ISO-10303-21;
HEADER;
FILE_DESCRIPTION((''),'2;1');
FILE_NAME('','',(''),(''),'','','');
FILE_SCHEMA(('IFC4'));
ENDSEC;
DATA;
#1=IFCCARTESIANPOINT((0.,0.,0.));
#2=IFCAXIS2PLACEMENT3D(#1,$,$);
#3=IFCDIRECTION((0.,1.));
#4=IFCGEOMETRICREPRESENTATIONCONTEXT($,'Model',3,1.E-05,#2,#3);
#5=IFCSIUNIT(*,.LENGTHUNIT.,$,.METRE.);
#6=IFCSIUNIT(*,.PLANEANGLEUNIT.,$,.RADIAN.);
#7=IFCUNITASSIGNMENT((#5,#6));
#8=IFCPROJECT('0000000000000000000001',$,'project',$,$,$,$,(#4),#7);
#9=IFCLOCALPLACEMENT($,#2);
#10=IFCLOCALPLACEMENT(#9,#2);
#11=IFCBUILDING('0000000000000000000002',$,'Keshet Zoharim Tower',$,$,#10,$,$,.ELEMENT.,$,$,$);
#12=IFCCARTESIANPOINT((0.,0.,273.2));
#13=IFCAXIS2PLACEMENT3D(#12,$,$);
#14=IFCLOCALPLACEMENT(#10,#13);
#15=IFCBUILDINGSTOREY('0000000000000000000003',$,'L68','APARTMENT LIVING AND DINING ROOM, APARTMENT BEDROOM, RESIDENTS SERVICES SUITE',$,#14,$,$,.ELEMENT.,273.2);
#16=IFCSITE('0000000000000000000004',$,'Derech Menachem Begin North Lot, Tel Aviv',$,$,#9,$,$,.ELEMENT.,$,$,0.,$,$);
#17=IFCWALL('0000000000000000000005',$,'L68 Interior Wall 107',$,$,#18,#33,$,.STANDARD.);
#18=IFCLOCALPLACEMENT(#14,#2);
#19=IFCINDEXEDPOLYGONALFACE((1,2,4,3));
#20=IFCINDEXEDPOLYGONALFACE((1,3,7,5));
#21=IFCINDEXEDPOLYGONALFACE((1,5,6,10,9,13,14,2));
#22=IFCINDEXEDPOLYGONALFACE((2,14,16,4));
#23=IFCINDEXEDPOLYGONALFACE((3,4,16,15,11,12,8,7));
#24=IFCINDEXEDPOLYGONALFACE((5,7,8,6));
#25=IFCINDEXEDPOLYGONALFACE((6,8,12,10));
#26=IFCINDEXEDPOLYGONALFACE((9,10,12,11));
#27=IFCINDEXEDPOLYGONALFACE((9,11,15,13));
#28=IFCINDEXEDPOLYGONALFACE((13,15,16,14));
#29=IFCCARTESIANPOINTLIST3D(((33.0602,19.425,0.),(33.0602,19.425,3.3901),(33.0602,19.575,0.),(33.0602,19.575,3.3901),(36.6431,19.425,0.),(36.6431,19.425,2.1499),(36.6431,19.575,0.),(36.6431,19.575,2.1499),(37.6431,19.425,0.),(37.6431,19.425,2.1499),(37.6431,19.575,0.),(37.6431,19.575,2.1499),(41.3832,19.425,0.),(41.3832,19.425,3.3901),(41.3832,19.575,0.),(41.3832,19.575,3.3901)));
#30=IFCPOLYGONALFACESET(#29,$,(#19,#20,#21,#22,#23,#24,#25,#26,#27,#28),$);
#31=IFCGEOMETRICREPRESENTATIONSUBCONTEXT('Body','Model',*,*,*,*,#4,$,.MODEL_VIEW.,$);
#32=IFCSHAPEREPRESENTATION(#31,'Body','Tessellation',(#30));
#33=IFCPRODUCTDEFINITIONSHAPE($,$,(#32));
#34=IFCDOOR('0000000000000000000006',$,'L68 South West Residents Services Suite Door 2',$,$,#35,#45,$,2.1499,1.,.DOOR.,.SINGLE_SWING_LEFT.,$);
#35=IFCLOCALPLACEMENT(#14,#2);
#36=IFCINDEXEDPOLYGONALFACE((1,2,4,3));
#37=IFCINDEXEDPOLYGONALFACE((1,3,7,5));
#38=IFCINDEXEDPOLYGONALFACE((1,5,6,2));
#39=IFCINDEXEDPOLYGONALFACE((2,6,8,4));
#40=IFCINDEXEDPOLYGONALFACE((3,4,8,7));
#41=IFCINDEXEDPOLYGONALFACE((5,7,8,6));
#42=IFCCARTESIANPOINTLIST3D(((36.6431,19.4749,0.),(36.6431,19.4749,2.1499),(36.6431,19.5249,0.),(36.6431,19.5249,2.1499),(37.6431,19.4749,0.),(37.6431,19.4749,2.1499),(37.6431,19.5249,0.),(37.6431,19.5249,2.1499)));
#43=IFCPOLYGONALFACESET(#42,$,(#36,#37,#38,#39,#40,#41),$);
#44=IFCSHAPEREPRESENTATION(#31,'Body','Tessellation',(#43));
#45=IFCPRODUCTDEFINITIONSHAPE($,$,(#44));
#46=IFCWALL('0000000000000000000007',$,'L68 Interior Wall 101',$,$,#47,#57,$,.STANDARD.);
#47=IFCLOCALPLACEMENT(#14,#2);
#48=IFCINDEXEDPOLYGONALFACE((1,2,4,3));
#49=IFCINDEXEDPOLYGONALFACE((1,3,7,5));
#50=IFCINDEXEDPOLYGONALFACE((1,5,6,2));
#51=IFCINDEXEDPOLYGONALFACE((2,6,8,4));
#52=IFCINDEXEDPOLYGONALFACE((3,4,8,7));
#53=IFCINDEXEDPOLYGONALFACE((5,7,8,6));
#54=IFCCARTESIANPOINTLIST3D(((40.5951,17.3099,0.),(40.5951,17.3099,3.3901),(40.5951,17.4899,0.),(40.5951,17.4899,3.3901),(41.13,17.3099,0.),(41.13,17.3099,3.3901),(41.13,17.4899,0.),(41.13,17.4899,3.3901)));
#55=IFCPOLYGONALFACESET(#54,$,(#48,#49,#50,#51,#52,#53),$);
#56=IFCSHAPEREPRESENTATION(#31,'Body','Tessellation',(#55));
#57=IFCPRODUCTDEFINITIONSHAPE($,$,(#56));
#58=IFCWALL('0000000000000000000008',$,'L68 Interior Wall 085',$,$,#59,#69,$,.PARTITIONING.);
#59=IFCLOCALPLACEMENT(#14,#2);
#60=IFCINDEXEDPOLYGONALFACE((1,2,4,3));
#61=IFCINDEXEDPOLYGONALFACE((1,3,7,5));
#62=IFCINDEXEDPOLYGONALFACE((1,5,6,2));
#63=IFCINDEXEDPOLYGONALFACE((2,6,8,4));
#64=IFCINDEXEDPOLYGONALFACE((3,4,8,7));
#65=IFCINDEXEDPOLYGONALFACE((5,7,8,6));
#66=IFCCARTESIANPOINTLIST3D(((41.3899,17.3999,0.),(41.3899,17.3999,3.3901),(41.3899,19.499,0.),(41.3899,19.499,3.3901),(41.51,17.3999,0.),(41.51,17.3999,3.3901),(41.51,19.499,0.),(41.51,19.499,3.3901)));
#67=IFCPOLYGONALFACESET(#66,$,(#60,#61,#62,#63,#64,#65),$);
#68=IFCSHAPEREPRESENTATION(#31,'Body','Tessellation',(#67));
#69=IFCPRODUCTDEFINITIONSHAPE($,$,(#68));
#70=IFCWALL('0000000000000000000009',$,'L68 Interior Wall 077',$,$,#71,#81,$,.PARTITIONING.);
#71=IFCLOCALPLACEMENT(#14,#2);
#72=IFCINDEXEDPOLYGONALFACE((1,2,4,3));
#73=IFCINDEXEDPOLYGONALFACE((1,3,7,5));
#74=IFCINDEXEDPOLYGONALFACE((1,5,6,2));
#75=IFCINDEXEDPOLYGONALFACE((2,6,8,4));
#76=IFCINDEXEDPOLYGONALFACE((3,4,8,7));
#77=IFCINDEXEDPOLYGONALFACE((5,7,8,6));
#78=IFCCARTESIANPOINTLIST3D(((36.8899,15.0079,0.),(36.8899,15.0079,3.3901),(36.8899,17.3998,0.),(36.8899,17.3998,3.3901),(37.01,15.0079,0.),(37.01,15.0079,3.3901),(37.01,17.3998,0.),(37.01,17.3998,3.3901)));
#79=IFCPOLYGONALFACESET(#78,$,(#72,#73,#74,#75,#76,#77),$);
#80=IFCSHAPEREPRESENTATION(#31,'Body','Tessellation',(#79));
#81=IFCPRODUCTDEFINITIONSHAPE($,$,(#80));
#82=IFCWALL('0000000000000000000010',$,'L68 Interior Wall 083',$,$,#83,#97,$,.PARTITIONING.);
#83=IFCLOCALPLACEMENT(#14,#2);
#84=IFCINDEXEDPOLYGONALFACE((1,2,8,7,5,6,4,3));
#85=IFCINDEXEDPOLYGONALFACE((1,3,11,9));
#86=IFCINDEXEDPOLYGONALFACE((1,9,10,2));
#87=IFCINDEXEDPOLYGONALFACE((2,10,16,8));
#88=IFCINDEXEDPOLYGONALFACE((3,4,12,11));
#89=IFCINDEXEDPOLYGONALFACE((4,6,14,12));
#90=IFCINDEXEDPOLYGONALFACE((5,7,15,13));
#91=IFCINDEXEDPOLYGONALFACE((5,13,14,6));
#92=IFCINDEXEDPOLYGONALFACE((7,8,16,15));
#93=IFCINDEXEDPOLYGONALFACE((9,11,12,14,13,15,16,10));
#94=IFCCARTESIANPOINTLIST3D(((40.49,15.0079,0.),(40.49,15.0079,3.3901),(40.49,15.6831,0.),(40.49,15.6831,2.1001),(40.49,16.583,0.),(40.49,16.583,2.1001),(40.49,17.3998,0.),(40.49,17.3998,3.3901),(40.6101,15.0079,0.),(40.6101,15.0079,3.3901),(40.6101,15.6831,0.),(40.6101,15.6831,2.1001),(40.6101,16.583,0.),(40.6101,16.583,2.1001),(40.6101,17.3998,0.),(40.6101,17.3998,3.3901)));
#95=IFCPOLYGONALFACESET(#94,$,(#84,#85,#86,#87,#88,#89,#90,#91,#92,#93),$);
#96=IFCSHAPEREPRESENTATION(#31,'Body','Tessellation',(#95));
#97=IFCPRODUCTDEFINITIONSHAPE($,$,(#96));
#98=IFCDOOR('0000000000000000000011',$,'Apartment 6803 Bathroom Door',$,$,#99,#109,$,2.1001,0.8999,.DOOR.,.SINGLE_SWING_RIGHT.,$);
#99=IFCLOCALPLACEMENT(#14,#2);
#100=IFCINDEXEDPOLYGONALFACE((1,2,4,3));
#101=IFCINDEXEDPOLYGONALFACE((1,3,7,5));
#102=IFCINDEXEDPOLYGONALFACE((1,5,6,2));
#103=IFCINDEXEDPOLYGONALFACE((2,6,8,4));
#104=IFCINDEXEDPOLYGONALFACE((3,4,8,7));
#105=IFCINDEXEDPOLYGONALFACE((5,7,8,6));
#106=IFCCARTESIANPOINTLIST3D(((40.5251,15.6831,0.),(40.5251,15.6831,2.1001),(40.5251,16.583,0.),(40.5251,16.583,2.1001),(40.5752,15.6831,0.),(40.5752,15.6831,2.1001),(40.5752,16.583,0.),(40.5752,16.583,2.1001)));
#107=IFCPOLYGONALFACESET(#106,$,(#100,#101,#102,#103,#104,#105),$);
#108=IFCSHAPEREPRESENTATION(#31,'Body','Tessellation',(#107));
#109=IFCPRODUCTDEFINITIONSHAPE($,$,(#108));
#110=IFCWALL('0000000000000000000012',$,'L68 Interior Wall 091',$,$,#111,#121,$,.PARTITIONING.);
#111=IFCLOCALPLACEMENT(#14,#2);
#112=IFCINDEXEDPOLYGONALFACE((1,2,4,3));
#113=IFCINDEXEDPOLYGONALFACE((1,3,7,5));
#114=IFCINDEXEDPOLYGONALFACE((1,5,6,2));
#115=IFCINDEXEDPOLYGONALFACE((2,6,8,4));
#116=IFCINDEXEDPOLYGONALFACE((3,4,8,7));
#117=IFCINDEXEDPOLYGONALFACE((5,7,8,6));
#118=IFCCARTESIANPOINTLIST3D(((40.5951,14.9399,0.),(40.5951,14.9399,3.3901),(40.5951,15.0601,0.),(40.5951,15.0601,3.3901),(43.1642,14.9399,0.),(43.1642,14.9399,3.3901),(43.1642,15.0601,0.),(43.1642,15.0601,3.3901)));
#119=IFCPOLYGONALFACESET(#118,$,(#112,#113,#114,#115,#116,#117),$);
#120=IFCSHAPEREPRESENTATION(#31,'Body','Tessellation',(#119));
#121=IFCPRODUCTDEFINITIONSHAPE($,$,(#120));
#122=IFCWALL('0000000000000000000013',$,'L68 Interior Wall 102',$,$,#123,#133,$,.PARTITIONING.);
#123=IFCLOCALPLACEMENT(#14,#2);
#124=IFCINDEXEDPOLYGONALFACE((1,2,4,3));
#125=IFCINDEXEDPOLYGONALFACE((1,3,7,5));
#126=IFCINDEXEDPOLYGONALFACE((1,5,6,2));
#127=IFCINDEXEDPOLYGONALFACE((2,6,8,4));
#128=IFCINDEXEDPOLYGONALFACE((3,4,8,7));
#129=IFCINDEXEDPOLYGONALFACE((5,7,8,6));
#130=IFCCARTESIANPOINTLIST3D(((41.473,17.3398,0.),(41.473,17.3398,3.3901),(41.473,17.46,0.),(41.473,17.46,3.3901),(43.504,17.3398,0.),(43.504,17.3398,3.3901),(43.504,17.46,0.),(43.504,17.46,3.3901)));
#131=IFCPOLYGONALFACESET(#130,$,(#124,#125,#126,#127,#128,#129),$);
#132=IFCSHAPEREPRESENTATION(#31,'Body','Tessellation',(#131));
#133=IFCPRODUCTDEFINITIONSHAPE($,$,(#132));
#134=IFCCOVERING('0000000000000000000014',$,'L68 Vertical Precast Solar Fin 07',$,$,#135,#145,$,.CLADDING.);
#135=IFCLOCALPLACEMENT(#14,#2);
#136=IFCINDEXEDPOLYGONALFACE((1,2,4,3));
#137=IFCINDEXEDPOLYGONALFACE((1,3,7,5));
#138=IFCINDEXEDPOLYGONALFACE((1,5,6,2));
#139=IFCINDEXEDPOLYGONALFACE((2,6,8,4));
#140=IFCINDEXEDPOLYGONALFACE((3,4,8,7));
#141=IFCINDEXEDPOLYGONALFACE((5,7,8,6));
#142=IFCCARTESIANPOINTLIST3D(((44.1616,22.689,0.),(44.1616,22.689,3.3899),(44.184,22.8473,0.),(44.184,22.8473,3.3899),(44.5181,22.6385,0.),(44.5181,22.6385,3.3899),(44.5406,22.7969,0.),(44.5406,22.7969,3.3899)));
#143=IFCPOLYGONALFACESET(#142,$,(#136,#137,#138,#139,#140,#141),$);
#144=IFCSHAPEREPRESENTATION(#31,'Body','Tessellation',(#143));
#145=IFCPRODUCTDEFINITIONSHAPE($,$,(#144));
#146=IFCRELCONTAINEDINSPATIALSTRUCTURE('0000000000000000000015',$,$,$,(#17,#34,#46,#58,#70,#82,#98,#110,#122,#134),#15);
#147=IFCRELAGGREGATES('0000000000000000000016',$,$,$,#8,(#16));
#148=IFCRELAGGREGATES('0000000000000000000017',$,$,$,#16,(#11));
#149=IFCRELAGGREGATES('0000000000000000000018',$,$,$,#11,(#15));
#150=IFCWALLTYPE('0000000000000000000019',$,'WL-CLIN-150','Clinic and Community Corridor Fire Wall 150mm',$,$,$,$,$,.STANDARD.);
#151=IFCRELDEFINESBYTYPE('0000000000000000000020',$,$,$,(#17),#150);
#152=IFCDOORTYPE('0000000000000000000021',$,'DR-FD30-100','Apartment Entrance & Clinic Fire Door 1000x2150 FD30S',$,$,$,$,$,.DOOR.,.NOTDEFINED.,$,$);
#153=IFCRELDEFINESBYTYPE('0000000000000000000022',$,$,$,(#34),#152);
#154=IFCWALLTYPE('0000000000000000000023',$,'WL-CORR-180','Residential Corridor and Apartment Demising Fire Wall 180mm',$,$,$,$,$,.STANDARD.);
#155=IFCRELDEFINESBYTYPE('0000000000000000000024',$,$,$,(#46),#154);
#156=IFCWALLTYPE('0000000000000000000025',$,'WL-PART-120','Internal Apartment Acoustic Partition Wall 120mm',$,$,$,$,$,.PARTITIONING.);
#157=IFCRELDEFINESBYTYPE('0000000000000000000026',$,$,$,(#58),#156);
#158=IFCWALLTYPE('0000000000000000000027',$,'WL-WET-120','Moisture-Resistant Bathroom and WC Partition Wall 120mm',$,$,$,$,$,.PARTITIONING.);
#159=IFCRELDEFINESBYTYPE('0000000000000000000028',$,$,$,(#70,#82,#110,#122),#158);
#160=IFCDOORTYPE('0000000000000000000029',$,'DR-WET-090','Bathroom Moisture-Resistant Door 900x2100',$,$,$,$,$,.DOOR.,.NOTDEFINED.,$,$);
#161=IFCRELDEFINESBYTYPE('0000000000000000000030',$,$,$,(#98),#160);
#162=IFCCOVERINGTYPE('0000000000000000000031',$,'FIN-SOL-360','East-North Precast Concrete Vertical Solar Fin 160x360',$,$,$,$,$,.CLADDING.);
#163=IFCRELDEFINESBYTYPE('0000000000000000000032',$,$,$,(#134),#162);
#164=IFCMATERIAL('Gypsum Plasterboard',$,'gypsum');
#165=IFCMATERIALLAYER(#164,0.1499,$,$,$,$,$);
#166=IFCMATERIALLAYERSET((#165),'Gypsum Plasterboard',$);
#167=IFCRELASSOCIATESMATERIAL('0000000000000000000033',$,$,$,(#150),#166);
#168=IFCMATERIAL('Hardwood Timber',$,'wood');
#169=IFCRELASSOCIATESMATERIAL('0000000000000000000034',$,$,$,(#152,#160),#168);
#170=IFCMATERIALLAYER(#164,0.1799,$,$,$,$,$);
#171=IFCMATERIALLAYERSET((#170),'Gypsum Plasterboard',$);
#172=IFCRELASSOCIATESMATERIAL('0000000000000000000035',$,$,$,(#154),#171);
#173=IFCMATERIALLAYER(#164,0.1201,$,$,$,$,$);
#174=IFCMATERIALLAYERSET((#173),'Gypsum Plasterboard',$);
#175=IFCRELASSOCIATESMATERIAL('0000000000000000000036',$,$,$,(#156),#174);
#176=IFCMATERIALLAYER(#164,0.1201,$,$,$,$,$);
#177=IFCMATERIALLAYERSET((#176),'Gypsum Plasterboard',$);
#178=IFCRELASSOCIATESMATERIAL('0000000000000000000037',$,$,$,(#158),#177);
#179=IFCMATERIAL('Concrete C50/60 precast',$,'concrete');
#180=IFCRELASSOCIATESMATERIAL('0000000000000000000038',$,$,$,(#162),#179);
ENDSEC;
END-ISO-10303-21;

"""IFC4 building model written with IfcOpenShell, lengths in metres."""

from ifc_helpers import new_model, si_unit, direction, frame, frame_2d, origin, origin_2d, place, context, subcontext, project, spatial, rectangle, extrude, material, layer, layer_set, type_object, element, fill, save


model = new_model("IFC4")

# Units and contexts
model_context = context("Model", 3, precision=1e-05, world=origin(), true_north=direction((0.0, 1.0)))
body_context = subcontext(model_context, "Body", "Model", "MODEL_VIEW")
ifc_project = project(units=[si_unit("LENGTHUNIT", "METRE"), si_unit("PLANEANGLEUNIT", "RADIAN")], contexts=[model_context])

# Site, building, storey
site_placement = place(None, origin())
site = spatial("IfcSite", under=ifc_project, at=site_placement, Name="Derech Menachem Begin North Lot, Tel Aviv", CompositionType="ELEMENT", RefElevation=0.0)
building_placement = place(site_placement, origin())
building = spatial("IfcBuilding", under=site, at=building_placement, Name="Keshet Zoharim Tower", CompositionType="ELEMENT")
storey_placement = place(building_placement, frame((0.0, 0.0, 273.2)))
storey = spatial("IfcBuildingStorey", under=building, at=storey_placement, Name="L68", Description="APARTMENT LIVING AND DINING ROOM, APARTMENT BEDROOM, RESIDENTS SERVICES SUITE", CompositionType="ELEMENT", Elevation=273.2)

# Wall, opening, door
ifc_material_1 = material(Name="Gypsum Plasterboard", Category="gypsum")
ifc_layer_1 = layer(ifc_material_1, 0.1499)
ifc_layer_set_1 = layer_set([ifc_layer_1], Name="Gypsum Plasterboard")
wall_type_1 = type_object("IfcWallType", Name="WL-CLIN-150", Description="Clinic and Community Corridor Fire Wall 150mm", PredefinedType="STANDARD", material=ifc_layer_set_1)
ifc_material_2 = material(Name="Hardwood Timber", Category="wood")
door_type_1 = type_object("IfcDoorType", Name="DR-FD30-100", Description="Apartment Entrance & Clinic Fire Door 1000x2150 FD30S", OperationType="NOTDEFINED", PredefinedType="DOOR", material=ifc_material_2)
wall_1_placement = place(storey_placement, frame((33.0601, 19.5, 0.0), z_axis=(0.0, 0.0, 1.0), x_axis=(1.0, 0.0, 0.0)))
wall_1 = element("IfcWall", 1, at=wall_1_placement, inside=storey, type_object=wall_type_1, Name="L68 Interior Wall 107", PredefinedType="STANDARD", context=body_context, shape_type="SweptSolid", body=[
    extrude(rectangle(XDim=8.323, YDim=0.1499, at=frame_2d((4.1616, 0.0))), origin(), (0.0, 0.0, 1.0), 3.3901),
])
opening_1_placement = place(wall_1_placement, frame((3.583, 0.0, 0.0)))
opening_1 = element("IfcOpeningElement", 2, at=opening_1_placement, cuts=wall_1, PredefinedType="OPENING", context=body_context, shape_type="SweptSolid", body=[
    extrude(rectangle(XDim=1.0, YDim=2.1499, at=frame_2d((0.5, 1.075))), frame((0.0, 0.085, 0.0), z_axis=(0.0, -1.0, 0.0), x_axis=(1.0, 0.0, 0.0)), (0.0, 0.0, 1.0), 0.1699),
])
door_1_placement = place(opening_1_placement, origin())
door_1 = element("IfcDoor", 3, at=door_1_placement, inside=storey, type_object=door_type_1, Name="L68 South West Residents Services Suite Door 2", OperationType="SINGLE_SWING_LEFT", OverallHeight=2.1499, OverallWidth=1.0, PredefinedType="DOOR", context=body_context, shape_type="SweptSolid", body=[
    extrude(rectangle(XDim=1.0, YDim=2.1499, at=frame_2d((0.5, 1.075))), frame((0.0, 0.0249, 0.0), z_axis=(0.0, -1.0, 0.0), x_axis=(1.0, 0.0, 0.0)), (0.0, 0.0, 1.0), 0.05),
])
fill(opening_1, door_1)
ifc_layer_2 = layer(ifc_material_1, 0.1799)
ifc_layer_set_2 = layer_set([ifc_layer_2], Name="Gypsum Plasterboard")
wall_type_2 = type_object("IfcWallType", Name="WL-CORR-180", Description="Residential Corridor and Apartment Demising Fire Wall 180mm", PredefinedType="STANDARD", material=ifc_layer_set_2)

# Walls
wall_2_placement = place(storey_placement, frame((40.595, 17.3999, 0.0), z_axis=(0.0, 0.0, 1.0), x_axis=(1.0, 0.0, 0.0)))
element("IfcWall", 4, at=wall_2_placement, inside=storey, type_object=wall_type_2, Name="L68 Interior Wall 101", PredefinedType="STANDARD", context=body_context, shape_type="SweptSolid", body=[
    extrude(rectangle(XDim=0.5349, YDim=0.1799, at=frame_2d((0.2676, 0.0))), origin(), (0.0, 0.0, 1.0), 3.3901),
])
ifc_layer_3 = layer(ifc_material_1, 0.1201)
ifc_layer_set_3 = layer_set([ifc_layer_3], Name="Gypsum Plasterboard")
wall_type_3 = type_object("IfcWallType", Name="WL-PART-120", Description="Internal Apartment Acoustic Partition Wall 120mm", PredefinedType="PARTITIONING", material=ifc_layer_set_3)
wall_3_placement = place(storey_placement, frame((41.45, 17.3999, 0.0), z_axis=(0.0, 0.0, 1.0), x_axis=(0.0, 1.0, 0.0)))
element("IfcWall", 5, at=wall_3_placement, inside=storey, type_object=wall_type_3, Name="L68 Interior Wall 085", PredefinedType="PARTITIONING", context=body_context, shape_type="SweptSolid", body=[
    extrude(rectangle(XDim=2.0991, YDim=0.1201, at=frame_2d((1.0496, 0.0))), origin(), (0.0, 0.0, 1.0), 3.3901),
])
ifc_layer_4 = layer(ifc_material_1, 0.1201)
ifc_layer_set_4 = layer_set([ifc_layer_4], Name="Gypsum Plasterboard")
wall_type_4 = type_object("IfcWallType", Name="WL-WET-120", Description="Moisture-Resistant Bathroom and WC Partition Wall 120mm", PredefinedType="PARTITIONING", material=ifc_layer_set_4)
wall_4_placement = place(storey_placement, frame((36.95, 15.0081, 0.0), z_axis=(0.0, 0.0, 1.0), x_axis=(0.0, 1.0, 0.0)))
element("IfcWall", 6, at=wall_4_placement, inside=storey, type_object=wall_type_4, Name="L68 Interior Wall 077", PredefinedType="PARTITIONING", context=body_context, shape_type="SweptSolid", body=[
    extrude(rectangle(XDim=2.3918, YDim=0.1201, at=frame_2d((1.1958, 0.0))), origin(), (0.0, 0.0, 1.0), 3.3901),
])

# Wall, opening, door
wall_5_placement = place(storey_placement, frame((40.55, 15.0081, 0.0), z_axis=(0.0, 0.0, 1.0), x_axis=(0.0, 1.0, 0.0)))
wall_5 = element("IfcWall", 7, at=wall_5_placement, inside=storey, type_object=wall_type_4, Name="L68 Interior Wall 083", PredefinedType="PARTITIONING", context=body_context, shape_type="SweptSolid", body=[
    extrude(rectangle(XDim=2.3918, YDim=0.1201, at=frame_2d((1.1958, 0.0))), origin(), (0.0, 0.0, 1.0), 3.3901),
])
opening_2_placement = place(wall_5_placement, frame((0.675, 0.0, 0.0)))
opening_2 = element("IfcOpeningElement", 8, at=opening_2_placement, cuts=wall_5, PredefinedType="OPENING", context=body_context, shape_type="SweptSolid", body=[
    extrude(rectangle(XDim=0.8999, YDim=2.1001, at=frame_2d((0.45, 1.05))), frame((0.0, 0.0701, 0.0), z_axis=(0.0, -1.0, 0.0), x_axis=(1.0, 0.0, 0.0)), (0.0, 0.0, 1.0), 0.1401),
])
door_type_2 = type_object("IfcDoorType", Name="DR-WET-090", Description="Bathroom Moisture-Resistant Door 900x2100", OperationType="NOTDEFINED", PredefinedType="DOOR", material=ifc_material_2)
door_2_placement = place(opening_2_placement, origin())
door_2 = element("IfcDoor", 9, at=door_2_placement, inside=storey, type_object=door_type_2, Name="Apartment 6803 Bathroom Door", OperationType="SINGLE_SWING_RIGHT", OverallHeight=2.1001, OverallWidth=0.8999, PredefinedType="DOOR", context=body_context, shape_type="SweptSolid", body=[
    extrude(rectangle(XDim=0.8999, YDim=2.1001, at=frame_2d((0.45, 1.05))), frame((0.0, 0.0249, 0.0), z_axis=(0.0, -1.0, 0.0), x_axis=(1.0, 0.0, 0.0)), (0.0, 0.0, 1.0), 0.05),
])
fill(opening_2, door_2)

# Walls
wall_6_placement = place(storey_placement, frame((40.595, 15.0, 0.0), z_axis=(0.0, 0.0, 1.0), x_axis=(1.0, 0.0, 0.0)))
element("IfcWall", 10, at=wall_6_placement, inside=storey, type_object=wall_type_4, Name="L68 Interior Wall 091", PredefinedType="PARTITIONING", context=body_context, shape_type="SweptSolid", body=[
    extrude(rectangle(XDim=2.5691, YDim=0.1201, at=frame_2d((1.2847, 0.0))), origin(), (0.0, 0.0, 1.0), 3.3901),
])
wall_7_placement = place(storey_placement, frame((41.4729, 17.3999, 0.0), z_axis=(0.0, 0.0, 1.0), x_axis=(1.0, 0.0, 0.0)))
element("IfcWall", 11, at=wall_7_placement, inside=storey, type_object=wall_type_4, Name="L68 Interior Wall 102", PredefinedType="PARTITIONING", context=body_context, shape_type="SweptSolid", body=[
    extrude(rectangle(XDim=2.031, YDim=0.1201, at=frame_2d((1.0156, 0.0))), origin(), (0.0, 0.0, 1.0), 3.3901),
])

# Covering
ifc_material_3 = material(Name="Concrete C50/60 precast", Category="concrete")
covering_type = type_object("IfcCoveringType", Name="FIN-SOL-360", Description="East-North Precast Concrete Vertical Solar Fin 160x360", PredefinedType="CLADDING", material=ifc_material_3)
covering_placement = place(storey_placement, frame((44.3511, 22.7429, 0.0), z_axis=(0.0, 0.0, 1.0), x_axis=(-0.140137, -0.990132, 0.0)))
element("IfcCovering", 12, at=covering_placement, inside=storey, type_object=covering_type, Name="L68 Vertical Precast Solar Fin 07", PredefinedType="CLADDING", context=body_context, shape_type="SweptSolid", body=[
    extrude(rectangle(XDim=0.1599, YDim=0.3601, at=origin_2d()), origin(), (0.0, 0.0, 1.0), 3.3899),
])

save(model, "model.ifc")
